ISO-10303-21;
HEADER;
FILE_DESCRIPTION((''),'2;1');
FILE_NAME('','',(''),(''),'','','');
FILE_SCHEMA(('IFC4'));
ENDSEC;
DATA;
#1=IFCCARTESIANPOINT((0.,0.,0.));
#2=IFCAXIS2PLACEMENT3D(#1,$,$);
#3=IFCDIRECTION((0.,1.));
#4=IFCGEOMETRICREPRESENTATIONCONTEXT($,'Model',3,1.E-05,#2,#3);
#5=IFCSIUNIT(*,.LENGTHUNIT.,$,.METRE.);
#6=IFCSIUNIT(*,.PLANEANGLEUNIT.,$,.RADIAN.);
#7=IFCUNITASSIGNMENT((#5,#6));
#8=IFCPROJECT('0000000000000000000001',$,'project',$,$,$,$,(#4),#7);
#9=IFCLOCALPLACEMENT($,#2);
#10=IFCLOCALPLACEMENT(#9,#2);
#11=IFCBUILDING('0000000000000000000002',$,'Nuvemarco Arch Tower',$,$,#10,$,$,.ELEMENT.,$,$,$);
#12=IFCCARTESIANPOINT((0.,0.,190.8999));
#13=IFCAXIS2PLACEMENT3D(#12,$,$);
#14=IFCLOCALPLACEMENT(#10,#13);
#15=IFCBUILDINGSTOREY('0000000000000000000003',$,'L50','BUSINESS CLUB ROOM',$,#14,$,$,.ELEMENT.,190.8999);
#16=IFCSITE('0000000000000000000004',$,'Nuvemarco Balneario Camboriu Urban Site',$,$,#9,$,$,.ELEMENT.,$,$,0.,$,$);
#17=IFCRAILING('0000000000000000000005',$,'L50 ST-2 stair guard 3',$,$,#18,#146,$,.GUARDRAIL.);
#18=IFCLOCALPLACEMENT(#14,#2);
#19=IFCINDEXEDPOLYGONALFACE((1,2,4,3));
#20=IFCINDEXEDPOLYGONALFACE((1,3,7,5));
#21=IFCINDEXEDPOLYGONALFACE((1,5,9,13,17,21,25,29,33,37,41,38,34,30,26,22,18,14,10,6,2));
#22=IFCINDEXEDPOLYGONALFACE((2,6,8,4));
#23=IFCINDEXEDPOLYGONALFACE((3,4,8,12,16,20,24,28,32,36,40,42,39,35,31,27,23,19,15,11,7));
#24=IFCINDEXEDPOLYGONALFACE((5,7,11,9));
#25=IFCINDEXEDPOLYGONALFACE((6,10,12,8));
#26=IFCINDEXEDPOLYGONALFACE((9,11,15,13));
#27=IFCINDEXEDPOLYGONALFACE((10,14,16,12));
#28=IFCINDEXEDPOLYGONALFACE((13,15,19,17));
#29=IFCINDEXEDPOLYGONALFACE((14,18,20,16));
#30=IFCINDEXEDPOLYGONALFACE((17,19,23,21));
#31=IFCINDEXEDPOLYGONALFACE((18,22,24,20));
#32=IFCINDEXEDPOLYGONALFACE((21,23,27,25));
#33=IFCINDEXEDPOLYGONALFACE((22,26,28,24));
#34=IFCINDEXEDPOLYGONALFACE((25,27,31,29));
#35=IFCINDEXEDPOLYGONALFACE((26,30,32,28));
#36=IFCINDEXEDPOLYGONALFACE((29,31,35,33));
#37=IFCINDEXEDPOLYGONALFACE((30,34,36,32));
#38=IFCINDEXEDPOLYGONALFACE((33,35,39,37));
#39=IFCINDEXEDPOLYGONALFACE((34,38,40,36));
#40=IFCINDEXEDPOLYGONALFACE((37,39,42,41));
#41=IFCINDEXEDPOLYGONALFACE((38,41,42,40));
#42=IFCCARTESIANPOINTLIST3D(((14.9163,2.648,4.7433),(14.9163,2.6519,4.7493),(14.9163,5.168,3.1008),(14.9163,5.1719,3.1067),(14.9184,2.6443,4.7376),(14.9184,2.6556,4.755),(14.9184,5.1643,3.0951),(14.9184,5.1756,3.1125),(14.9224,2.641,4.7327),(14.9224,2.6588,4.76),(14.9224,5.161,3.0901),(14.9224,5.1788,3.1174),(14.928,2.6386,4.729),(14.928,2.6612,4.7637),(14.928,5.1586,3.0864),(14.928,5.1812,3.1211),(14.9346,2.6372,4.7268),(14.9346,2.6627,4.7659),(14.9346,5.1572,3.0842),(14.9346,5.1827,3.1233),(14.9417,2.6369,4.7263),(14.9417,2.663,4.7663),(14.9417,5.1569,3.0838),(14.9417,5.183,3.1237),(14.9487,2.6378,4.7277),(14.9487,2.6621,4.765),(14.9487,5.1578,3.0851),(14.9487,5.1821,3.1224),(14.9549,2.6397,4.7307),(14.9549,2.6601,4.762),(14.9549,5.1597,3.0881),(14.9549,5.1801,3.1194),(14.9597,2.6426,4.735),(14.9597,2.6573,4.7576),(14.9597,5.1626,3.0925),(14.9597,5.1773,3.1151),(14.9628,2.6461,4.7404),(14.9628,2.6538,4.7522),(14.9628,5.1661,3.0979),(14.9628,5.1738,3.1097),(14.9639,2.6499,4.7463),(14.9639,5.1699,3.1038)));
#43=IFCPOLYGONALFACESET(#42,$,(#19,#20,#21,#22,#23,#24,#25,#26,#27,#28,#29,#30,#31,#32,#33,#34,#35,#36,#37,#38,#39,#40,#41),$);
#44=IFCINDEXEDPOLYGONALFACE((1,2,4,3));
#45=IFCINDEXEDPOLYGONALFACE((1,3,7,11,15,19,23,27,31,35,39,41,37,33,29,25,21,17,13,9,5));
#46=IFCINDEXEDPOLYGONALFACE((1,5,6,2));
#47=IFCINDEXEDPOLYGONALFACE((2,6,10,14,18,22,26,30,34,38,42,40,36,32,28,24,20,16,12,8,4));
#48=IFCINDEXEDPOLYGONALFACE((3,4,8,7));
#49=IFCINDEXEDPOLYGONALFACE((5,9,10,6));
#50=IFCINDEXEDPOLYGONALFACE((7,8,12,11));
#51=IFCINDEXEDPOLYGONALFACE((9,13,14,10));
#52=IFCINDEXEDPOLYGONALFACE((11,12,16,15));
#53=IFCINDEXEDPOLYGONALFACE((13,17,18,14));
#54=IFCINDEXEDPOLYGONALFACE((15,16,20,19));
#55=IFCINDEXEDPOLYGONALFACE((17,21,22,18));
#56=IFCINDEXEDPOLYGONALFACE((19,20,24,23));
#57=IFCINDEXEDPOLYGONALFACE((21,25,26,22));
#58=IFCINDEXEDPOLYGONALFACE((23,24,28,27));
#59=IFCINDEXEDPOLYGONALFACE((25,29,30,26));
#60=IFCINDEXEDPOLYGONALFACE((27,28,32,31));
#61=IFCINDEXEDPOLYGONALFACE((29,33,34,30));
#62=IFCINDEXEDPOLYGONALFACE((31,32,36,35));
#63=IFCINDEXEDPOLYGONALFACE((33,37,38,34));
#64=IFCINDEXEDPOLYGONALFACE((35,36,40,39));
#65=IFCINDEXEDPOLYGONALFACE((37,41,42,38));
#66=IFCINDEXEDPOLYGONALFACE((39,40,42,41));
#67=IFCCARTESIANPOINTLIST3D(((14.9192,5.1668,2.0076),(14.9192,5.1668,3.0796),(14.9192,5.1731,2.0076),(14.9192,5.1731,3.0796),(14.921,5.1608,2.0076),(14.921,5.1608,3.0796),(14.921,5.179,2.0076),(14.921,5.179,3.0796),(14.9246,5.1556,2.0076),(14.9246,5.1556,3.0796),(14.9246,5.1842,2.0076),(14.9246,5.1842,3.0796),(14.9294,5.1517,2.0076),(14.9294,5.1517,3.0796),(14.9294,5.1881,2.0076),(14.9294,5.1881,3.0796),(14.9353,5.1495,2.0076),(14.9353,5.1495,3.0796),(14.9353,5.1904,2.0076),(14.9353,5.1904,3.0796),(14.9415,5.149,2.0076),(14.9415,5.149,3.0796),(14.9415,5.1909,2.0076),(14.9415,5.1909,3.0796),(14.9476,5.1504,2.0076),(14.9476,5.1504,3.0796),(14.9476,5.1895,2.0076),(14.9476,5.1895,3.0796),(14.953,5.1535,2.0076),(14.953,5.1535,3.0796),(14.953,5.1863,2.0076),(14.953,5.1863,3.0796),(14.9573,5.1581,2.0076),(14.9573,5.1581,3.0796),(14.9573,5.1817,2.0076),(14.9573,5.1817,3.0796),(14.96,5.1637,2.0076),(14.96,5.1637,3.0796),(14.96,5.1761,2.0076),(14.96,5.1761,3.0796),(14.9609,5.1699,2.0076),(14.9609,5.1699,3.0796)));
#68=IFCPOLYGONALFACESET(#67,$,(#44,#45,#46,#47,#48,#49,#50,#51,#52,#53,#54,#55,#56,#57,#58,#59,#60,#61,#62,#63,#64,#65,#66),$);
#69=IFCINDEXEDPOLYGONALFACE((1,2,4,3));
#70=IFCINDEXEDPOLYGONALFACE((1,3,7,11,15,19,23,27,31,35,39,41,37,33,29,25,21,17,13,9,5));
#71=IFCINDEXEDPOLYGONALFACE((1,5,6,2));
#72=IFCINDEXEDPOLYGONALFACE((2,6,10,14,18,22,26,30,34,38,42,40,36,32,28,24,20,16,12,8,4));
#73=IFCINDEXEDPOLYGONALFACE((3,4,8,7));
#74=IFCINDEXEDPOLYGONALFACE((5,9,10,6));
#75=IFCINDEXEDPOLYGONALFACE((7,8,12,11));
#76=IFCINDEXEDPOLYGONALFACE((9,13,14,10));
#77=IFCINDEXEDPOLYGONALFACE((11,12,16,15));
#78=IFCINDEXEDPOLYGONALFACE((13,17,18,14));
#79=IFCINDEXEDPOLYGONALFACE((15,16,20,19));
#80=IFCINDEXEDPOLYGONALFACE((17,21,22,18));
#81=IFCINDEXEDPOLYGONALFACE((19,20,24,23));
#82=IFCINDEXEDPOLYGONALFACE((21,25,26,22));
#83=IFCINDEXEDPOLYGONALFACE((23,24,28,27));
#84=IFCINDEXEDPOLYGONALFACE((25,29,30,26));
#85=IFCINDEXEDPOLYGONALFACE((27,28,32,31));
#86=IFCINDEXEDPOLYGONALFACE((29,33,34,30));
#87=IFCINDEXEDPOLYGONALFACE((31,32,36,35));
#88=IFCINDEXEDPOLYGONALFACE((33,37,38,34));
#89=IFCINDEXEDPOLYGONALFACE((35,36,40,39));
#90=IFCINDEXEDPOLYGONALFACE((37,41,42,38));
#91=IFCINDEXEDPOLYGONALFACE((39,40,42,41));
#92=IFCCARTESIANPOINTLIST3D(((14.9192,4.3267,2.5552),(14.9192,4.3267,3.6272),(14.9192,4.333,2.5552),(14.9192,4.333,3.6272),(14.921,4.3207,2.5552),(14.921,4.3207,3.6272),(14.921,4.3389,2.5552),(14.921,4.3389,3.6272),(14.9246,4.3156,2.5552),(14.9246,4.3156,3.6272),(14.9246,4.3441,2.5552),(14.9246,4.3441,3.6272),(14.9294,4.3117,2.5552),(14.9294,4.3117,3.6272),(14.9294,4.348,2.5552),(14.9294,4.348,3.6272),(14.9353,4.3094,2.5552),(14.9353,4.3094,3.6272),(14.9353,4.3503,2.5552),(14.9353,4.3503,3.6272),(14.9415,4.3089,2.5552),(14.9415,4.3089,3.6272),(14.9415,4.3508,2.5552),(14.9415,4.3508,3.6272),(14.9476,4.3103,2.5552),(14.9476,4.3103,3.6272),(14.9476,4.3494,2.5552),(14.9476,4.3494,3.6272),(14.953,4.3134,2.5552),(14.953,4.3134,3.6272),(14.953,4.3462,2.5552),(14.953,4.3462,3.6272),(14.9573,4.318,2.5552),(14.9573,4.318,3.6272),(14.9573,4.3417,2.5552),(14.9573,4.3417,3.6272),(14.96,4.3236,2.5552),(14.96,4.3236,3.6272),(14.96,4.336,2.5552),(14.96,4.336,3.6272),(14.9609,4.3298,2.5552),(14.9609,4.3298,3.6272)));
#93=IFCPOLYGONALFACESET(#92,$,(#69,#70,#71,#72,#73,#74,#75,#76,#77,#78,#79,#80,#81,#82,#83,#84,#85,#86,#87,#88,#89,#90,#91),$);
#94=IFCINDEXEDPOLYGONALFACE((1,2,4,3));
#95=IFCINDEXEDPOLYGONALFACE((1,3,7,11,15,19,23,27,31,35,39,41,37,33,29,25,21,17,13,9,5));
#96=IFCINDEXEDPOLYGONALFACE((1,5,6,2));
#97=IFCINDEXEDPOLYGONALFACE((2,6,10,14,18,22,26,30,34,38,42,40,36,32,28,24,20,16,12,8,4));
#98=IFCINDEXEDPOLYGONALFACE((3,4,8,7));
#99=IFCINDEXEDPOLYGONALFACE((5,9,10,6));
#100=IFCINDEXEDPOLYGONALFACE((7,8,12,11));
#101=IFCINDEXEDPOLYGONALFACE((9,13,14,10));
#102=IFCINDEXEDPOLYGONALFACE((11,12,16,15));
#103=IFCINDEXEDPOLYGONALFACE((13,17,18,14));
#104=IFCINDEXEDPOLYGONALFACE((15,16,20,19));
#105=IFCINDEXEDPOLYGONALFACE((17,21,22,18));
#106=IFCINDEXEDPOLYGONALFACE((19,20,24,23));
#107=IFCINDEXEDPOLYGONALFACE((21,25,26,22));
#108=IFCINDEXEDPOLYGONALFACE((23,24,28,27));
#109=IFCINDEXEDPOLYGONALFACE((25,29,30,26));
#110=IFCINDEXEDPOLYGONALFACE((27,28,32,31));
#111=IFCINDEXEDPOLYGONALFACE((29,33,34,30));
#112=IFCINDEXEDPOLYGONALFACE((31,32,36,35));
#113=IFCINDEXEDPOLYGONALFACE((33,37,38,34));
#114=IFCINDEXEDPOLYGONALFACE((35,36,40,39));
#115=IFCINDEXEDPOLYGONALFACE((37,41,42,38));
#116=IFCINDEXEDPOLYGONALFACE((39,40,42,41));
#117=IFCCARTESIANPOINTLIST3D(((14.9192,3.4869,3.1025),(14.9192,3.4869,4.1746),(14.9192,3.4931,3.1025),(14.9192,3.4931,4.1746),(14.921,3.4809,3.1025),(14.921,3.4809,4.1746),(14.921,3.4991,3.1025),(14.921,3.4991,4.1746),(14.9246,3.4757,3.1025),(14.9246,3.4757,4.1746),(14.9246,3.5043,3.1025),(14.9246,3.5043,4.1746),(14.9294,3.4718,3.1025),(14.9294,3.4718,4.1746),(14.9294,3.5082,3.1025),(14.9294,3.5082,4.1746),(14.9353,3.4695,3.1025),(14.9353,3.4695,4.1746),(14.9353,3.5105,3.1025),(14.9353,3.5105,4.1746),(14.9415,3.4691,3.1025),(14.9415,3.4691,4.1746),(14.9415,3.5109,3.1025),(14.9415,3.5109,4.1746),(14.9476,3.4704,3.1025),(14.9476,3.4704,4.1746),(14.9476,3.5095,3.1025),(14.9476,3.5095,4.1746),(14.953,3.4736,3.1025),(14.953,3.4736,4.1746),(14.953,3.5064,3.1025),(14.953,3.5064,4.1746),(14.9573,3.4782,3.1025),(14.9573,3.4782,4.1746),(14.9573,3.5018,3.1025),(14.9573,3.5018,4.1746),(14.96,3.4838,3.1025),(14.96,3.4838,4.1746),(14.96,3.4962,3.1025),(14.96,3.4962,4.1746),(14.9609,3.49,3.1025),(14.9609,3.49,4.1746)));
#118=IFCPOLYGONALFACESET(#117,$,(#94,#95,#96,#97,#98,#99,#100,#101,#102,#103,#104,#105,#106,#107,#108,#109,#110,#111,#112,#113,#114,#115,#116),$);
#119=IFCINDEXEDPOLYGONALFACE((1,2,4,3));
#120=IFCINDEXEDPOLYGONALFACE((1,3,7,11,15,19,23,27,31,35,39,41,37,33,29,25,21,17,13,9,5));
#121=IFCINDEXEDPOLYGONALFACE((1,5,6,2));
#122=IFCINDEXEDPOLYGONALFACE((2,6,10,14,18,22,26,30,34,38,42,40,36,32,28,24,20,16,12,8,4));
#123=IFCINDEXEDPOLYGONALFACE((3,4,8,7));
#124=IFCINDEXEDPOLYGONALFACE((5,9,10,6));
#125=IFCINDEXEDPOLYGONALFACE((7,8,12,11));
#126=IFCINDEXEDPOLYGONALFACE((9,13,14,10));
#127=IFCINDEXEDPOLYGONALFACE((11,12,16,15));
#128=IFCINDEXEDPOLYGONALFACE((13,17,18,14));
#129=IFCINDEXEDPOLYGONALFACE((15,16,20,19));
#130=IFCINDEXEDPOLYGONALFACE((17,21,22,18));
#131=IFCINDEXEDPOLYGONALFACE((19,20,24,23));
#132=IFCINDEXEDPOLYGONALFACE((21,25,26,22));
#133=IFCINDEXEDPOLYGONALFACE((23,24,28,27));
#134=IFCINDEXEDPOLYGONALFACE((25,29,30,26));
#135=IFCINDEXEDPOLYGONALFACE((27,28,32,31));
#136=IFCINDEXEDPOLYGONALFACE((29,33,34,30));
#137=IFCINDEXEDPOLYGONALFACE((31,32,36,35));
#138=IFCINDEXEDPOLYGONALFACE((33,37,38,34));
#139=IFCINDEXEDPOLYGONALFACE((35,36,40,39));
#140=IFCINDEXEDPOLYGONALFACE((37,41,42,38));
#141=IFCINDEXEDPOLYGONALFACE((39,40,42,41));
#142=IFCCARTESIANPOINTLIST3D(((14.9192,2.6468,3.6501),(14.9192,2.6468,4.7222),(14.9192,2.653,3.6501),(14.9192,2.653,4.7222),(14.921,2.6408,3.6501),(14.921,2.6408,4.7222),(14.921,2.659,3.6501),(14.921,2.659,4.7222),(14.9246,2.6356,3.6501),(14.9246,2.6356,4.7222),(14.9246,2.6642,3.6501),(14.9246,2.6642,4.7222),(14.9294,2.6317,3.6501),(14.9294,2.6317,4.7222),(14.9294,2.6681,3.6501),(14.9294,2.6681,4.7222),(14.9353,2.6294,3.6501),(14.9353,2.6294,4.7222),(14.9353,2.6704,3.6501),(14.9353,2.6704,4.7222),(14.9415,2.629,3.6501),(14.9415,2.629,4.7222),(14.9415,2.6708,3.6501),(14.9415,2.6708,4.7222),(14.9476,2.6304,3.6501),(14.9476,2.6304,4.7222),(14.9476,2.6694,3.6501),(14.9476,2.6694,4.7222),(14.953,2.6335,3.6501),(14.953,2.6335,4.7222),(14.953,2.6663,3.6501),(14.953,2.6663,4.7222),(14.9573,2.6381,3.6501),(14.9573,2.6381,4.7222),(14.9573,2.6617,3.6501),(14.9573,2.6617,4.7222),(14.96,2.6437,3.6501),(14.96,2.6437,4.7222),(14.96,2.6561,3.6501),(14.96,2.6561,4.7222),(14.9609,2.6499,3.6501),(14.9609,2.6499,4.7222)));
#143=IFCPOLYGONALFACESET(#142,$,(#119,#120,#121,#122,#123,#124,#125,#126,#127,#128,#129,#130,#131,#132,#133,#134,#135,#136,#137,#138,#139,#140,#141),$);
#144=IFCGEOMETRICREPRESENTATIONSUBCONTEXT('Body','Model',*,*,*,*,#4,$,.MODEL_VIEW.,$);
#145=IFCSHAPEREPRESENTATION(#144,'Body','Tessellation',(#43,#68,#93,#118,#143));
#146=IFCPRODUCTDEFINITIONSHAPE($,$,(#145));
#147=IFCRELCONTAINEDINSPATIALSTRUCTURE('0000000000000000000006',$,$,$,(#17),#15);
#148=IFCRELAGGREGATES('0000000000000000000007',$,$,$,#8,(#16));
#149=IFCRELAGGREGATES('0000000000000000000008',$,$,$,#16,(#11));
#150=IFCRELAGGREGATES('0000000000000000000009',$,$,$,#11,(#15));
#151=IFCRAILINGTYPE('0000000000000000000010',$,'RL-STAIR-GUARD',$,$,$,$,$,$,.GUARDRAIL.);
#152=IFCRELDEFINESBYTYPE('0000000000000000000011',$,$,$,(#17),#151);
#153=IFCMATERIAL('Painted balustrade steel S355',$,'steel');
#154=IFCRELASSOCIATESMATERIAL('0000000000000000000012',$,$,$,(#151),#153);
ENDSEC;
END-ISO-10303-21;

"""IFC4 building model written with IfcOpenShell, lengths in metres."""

from ifc_helpers import new_model, si_unit, direction, frame, origin, origin_2d, place, context, subcontext, project, spatial, circle, extrude, material, type_object, element, save


model = new_model("IFC4")

# Units and contexts
model_context = context("Model", 3, precision=1e-05, world=origin(), true_north=direction((0.0, 1.0)))
body_context = subcontext(model_context, "Body", "Model", "MODEL_VIEW")
ifc_project = project(units=[si_unit("LENGTHUNIT", "METRE"), si_unit("PLANEANGLEUNIT", "RADIAN")], contexts=[model_context])

# Site, building, storey
site_placement = place(None, origin())
site = spatial("IfcSite", under=ifc_project, at=site_placement, Name="Nuvemarco Balneario Camboriu Urban Site", CompositionType="ELEMENT", RefElevation=0.0)
building_placement = place(site_placement, origin())
building = spatial("IfcBuilding", under=site, at=building_placement, Name="Nuvemarco Arch Tower", CompositionType="ELEMENT")
storey_placement = place(building_placement, frame((0.0, 0.0, 190.8999)))
storey = spatial("IfcBuildingStorey", under=building, at=storey_placement, Name="L50", Description="BUSINESS CLUB ROOM", CompositionType="ELEMENT", Elevation=190.8999)

# Railing
ifc_material_1 = material(Name="Painted balustrade steel S355", Category="steel")
railing_type_1 = type_object("IfcRailingType", Name="RL-STAIR-GUARD", PredefinedType="GUARDRAIL", material=ifc_material_1)
railing_1_placement = place(storey_placement, frame((14.9399, 5.1699, 2.0076)))
element("IfcRailing", 1, at=railing_1_placement, inside=storey, type_object=railing_type_1, Name="L50 ST-2 stair guard 3", PredefinedType="GUARDRAIL", context=body_context, shape_type="SweptSolid", body=[
    extrude(circle(Radius=0.0239, at=origin_2d()), frame((0.0, 0.0, 1.0962), z_axis=(0.0, -0.837749, 0.546055), x_axis=(1.0, 0.0, 0.0)), (0.0, 0.0, 1.0), 3.0081),
    extrude(circle(Radius=0.021, at=origin_2d()), origin(), (0.0, 0.0, 1.0), 1.072),
    extrude(circle(Radius=0.021, at=origin_2d()), frame((0.0, -0.8401, 0.5476)), (0.0, 0.0, 1.0), 1.072),
    extrude(circle(Radius=0.021, at=origin_2d()), frame((0.0, -1.6799, 1.095)), (0.0, 0.0, 1.0), 1.072),
    extrude(circle(Radius=0.021, at=origin_2d()), frame((0.0, -2.52, 1.6426)), (0.0, 0.0, 1.0), 1.072),
])

save(model, "model.ifc")
